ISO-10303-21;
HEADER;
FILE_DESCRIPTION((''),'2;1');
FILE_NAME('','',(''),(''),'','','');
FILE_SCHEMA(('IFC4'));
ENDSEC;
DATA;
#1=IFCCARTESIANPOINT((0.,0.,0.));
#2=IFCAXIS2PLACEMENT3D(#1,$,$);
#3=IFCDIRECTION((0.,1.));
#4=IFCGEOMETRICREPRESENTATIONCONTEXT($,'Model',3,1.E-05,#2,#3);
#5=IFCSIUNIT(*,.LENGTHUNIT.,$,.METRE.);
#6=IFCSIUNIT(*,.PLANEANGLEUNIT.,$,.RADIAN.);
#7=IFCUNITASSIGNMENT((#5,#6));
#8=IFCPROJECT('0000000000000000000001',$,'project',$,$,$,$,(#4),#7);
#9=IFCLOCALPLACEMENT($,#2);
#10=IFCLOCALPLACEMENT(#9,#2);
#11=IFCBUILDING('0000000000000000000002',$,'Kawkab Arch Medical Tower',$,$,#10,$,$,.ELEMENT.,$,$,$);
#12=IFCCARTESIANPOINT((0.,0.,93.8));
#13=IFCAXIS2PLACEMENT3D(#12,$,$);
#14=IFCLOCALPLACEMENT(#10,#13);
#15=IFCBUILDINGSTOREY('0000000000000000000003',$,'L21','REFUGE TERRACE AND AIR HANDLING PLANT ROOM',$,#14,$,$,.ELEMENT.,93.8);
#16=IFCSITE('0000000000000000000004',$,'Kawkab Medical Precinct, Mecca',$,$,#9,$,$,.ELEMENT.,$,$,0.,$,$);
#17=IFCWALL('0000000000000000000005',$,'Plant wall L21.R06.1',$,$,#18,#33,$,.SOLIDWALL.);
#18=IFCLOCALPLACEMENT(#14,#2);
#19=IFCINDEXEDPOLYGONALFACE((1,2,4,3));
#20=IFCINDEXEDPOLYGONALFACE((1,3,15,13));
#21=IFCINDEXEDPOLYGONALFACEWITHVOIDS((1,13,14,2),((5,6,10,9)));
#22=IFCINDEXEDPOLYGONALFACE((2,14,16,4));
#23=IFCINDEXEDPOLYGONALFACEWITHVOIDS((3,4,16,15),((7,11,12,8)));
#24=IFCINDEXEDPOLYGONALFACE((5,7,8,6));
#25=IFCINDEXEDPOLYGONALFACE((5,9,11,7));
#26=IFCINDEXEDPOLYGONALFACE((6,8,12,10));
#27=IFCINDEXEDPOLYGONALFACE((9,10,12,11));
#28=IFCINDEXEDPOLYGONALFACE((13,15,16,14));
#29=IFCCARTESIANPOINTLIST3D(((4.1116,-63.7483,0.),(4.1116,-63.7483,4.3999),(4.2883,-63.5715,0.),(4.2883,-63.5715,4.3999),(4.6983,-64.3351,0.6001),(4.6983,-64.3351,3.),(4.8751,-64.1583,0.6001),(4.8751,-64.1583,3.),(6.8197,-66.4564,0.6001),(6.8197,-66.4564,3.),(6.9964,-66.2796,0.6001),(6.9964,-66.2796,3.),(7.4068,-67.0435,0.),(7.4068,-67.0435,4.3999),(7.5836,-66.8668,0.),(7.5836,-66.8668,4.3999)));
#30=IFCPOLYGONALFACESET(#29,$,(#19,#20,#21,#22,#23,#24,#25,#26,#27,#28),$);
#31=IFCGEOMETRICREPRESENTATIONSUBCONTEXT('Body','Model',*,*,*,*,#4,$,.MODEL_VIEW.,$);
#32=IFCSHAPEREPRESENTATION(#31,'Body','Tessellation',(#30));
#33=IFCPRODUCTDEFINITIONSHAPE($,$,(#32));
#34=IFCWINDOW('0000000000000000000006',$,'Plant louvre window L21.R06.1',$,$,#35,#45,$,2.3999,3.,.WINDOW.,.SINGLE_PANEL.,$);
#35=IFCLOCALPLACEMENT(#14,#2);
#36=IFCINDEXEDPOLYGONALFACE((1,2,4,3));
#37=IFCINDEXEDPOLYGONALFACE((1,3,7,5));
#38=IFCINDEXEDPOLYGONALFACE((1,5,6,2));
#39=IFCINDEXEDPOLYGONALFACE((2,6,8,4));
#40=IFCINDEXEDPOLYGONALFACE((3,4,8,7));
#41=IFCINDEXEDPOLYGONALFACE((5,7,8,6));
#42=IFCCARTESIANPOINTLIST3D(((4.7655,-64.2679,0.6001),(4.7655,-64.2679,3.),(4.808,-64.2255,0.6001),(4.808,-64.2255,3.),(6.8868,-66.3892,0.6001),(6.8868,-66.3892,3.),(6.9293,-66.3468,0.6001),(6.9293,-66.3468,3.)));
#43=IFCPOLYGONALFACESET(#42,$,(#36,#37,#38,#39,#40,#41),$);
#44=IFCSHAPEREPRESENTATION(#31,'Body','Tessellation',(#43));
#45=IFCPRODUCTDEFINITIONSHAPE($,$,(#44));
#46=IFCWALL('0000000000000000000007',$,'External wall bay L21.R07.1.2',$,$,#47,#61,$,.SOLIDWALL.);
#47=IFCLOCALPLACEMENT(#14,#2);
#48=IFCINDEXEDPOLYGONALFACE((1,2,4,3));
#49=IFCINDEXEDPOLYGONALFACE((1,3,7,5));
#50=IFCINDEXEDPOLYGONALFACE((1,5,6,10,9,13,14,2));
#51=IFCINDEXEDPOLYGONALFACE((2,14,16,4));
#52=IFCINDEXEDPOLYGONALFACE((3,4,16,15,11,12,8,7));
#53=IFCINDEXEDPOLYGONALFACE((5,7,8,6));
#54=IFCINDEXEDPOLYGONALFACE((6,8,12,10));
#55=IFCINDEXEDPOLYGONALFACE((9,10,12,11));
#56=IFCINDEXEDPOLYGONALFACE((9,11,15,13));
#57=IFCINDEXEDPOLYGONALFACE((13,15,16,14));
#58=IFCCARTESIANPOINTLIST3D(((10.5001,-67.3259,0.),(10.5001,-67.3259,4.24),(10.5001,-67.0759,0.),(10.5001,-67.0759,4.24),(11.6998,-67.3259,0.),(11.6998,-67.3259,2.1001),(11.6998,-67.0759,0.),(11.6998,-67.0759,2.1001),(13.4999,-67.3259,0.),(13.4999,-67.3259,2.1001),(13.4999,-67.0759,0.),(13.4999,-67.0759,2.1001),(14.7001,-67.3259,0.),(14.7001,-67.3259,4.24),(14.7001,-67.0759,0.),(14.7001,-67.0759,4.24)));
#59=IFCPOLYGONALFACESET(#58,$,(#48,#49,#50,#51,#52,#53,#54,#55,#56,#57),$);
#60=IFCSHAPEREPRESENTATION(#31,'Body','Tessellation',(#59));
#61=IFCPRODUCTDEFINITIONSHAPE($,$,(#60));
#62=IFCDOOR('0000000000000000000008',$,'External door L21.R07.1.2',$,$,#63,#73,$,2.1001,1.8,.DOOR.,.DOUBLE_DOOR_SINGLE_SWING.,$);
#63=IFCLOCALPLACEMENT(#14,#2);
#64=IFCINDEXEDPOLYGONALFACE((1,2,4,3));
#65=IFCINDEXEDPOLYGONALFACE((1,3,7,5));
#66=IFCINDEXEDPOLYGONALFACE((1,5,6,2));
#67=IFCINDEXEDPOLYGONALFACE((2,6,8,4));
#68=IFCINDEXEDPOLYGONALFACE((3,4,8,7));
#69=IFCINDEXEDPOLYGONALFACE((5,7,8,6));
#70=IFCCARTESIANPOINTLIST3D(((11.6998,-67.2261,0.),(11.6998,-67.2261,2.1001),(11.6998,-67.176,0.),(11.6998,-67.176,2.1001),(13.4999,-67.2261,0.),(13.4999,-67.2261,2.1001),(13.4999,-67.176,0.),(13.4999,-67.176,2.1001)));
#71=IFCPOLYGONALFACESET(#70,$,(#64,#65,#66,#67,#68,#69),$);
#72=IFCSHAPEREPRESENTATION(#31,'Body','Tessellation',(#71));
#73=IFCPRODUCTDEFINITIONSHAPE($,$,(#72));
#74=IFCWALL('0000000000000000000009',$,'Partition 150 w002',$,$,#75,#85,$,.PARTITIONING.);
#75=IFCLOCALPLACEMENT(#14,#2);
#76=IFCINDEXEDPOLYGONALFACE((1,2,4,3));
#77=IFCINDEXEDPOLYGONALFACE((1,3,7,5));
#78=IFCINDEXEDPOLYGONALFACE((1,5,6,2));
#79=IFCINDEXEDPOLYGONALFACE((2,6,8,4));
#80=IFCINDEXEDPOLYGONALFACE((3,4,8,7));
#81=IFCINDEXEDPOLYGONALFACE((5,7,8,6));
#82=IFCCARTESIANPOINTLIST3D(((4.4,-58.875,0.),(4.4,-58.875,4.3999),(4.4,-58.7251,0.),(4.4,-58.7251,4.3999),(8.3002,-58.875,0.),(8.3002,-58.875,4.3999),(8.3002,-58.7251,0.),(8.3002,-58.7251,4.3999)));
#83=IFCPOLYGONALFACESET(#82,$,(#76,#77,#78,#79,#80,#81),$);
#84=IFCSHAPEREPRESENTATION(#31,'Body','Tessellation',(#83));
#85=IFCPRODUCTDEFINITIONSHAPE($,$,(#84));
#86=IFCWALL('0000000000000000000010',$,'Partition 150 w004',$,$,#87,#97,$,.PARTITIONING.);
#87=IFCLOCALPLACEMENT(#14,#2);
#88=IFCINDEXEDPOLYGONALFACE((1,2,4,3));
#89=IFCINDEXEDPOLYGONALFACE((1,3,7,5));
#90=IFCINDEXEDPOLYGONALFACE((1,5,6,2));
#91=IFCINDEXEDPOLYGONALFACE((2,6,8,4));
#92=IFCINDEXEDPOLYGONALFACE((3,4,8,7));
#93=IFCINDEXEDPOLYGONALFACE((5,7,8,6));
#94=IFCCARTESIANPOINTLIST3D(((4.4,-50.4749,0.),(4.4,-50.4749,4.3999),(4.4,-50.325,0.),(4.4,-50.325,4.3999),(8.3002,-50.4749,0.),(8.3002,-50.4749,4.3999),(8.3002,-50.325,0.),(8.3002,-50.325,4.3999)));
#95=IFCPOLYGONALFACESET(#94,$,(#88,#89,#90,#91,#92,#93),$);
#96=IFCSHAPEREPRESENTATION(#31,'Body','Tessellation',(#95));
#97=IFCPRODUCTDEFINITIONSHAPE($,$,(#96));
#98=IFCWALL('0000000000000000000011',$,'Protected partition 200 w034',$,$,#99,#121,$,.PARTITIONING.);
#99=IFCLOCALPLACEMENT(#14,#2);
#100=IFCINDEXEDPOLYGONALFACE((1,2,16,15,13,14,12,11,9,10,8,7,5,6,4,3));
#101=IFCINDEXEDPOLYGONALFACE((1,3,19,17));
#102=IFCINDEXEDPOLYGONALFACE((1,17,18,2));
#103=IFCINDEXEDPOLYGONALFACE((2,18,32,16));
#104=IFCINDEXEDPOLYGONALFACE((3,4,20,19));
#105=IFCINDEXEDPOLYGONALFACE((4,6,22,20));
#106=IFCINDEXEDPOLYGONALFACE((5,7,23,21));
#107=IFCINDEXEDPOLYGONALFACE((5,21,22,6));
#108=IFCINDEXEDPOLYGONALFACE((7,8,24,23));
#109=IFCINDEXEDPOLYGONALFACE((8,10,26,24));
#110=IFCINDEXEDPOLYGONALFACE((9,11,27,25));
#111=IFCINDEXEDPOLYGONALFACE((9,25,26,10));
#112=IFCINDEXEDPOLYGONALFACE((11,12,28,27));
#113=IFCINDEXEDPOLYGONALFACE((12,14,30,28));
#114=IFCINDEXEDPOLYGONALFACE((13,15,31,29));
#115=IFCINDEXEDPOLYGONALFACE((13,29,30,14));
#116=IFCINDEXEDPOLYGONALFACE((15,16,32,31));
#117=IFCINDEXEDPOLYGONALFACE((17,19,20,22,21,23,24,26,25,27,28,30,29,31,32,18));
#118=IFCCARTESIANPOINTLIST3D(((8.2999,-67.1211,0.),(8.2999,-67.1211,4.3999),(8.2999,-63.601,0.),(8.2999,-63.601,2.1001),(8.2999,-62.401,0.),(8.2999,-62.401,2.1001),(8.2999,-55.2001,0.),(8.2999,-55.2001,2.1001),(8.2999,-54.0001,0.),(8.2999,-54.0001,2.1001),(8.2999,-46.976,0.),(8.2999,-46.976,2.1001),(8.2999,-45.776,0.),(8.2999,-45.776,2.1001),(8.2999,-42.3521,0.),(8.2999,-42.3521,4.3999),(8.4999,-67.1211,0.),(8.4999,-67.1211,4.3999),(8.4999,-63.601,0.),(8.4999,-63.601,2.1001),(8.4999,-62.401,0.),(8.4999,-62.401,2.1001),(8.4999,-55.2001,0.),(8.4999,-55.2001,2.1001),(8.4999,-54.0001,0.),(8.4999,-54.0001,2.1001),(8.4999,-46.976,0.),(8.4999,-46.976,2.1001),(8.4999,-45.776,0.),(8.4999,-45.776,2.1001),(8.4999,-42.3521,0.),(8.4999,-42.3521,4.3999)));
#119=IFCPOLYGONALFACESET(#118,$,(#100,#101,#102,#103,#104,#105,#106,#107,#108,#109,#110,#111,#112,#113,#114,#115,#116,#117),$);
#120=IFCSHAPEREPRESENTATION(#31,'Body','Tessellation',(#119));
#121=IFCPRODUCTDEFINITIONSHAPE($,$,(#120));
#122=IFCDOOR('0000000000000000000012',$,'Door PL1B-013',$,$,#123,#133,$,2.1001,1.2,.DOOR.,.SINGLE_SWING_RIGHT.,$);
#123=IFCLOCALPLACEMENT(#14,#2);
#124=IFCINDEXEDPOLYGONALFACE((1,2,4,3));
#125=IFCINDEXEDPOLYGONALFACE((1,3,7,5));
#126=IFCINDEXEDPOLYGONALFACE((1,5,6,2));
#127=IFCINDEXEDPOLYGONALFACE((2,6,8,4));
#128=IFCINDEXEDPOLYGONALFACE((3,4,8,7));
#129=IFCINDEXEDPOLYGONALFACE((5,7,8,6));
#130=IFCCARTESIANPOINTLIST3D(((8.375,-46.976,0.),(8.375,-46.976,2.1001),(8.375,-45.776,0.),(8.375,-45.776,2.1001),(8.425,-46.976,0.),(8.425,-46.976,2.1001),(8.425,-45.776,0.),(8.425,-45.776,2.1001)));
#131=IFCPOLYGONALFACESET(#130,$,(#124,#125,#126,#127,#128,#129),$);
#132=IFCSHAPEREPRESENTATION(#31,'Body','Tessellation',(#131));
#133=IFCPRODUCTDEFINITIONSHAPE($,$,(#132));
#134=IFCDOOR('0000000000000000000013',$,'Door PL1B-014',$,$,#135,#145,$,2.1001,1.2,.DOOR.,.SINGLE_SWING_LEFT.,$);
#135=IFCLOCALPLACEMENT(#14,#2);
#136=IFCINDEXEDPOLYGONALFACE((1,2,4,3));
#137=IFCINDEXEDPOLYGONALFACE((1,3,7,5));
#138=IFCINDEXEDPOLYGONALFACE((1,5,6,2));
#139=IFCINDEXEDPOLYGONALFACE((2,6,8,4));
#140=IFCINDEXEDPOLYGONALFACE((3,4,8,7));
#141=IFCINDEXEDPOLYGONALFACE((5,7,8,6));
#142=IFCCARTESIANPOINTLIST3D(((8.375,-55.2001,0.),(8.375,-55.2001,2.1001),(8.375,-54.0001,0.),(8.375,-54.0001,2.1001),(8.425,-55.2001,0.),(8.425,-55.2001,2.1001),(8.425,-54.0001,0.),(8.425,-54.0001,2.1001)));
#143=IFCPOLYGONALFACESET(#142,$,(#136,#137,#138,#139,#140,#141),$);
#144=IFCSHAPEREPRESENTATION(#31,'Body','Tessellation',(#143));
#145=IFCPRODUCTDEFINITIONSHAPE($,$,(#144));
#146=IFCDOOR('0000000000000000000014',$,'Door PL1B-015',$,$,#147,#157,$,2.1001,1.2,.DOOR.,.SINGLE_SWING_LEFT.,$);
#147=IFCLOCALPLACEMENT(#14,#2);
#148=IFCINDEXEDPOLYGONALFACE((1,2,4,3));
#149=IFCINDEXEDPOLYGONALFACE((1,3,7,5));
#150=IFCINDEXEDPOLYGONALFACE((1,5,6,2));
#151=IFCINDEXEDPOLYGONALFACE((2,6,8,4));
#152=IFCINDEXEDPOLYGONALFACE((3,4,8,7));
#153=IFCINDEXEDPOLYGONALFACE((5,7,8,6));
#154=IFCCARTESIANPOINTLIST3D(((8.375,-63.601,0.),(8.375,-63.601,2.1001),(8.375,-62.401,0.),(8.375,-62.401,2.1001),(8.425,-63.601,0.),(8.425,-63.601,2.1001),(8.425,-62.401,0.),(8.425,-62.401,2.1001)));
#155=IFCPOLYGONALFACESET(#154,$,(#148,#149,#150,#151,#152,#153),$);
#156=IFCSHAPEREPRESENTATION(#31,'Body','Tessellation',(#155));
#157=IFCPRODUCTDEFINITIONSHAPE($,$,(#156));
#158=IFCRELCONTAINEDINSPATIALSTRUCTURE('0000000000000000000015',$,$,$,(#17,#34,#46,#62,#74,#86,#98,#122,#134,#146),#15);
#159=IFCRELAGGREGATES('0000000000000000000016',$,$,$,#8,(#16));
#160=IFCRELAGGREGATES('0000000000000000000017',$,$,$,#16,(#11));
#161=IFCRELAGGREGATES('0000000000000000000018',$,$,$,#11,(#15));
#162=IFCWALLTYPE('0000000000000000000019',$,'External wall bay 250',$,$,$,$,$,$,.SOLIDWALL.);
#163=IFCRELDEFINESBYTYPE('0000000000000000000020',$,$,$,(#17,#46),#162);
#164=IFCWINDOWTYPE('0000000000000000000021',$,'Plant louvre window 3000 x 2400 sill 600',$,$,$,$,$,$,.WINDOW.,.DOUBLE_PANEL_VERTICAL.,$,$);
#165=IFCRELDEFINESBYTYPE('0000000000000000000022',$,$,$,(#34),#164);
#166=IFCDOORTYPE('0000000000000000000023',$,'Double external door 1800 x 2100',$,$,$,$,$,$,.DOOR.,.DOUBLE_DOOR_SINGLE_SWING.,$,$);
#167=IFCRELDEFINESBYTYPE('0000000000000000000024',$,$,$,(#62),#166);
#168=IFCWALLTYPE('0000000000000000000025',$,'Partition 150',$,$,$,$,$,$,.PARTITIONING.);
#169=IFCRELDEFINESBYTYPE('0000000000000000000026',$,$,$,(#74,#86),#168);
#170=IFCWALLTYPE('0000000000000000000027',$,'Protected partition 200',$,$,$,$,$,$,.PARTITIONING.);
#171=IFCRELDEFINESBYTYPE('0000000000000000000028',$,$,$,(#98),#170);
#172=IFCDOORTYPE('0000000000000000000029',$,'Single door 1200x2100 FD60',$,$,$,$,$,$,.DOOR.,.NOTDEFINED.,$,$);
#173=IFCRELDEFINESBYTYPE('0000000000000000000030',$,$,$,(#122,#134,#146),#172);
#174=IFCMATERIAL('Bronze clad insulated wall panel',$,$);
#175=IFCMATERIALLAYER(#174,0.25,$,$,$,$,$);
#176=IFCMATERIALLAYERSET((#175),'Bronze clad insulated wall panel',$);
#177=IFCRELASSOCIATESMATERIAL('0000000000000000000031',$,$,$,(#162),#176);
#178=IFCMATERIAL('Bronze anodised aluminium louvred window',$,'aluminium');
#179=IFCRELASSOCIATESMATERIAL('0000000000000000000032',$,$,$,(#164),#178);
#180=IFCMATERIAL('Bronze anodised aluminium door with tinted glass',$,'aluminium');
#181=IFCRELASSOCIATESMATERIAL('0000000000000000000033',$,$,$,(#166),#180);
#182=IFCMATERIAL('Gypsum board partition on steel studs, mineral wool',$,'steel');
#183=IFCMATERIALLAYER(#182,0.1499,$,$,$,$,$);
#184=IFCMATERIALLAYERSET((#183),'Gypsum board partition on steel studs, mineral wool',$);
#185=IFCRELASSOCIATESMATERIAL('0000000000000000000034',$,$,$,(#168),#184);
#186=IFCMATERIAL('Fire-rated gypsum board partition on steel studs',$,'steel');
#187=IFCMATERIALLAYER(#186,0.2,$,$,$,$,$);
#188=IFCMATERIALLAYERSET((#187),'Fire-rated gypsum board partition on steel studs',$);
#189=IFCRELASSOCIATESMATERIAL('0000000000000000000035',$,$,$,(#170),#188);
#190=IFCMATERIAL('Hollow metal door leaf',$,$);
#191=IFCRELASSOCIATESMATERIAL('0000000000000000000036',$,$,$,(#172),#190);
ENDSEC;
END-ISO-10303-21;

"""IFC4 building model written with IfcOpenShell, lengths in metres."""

from ifc_helpers import new_model, si_unit, direction, frame, frame_2d, origin, place, context, subcontext, project, spatial, rectangle, extrude, material, layer, layer_set, type_object, element, fill, save


model = new_model("IFC4")

# Units and contexts
model_context = context("Model", 3, precision=1e-05, world=origin(), true_north=direction((0.0, 1.0)))
body_context = subcontext(model_context, "Body", "Model", "MODEL_VIEW")
ifc_project = project(units=[si_unit("LENGTHUNIT", "METRE"), si_unit("PLANEANGLEUNIT", "RADIAN")], contexts=[model_context])

# Site, building, storey
site_placement = place(None, origin())
site = spatial("IfcSite", under=ifc_project, at=site_placement, Name="Kawkab Medical Precinct, Mecca", CompositionType="ELEMENT", RefElevation=0.0)
building_placement = place(site_placement, origin())
building = spatial("IfcBuilding", under=site, at=building_placement, Name="Kawkab Arch Medical Tower", CompositionType="ELEMENT")
storey_placement = place(building_placement, frame((0.0, 0.0, 93.8)))
storey = spatial("IfcBuildingStorey", under=building, at=storey_placement, Name="L21", Description="REFUGE TERRACE AND AIR HANDLING PLANT ROOM", CompositionType="ELEMENT", Elevation=93.8)

# Shared definitions
ifc_material_1 = material(Name="Bronze clad insulated wall panel")
ifc_layer_1 = layer(ifc_material_1, 0.25)
ifc_layer_set_1 = layer_set([ifc_layer_1], Name="Bronze clad insulated wall panel")
wall_type_1 = type_object("IfcWallType", Name="External wall bay 250", PredefinedType="SOLIDWALL", material=ifc_layer_set_1)

# Wall, opening, window
wall_1_placement = place(storey_placement, frame((4.2, -63.6599, 0.0), z_axis=(0.0, 0.0, 1.0), x_axis=(0.707107, -0.707107, 0.0)))
wall_1 = element("IfcWall", 1, at=wall_1_placement, inside=storey, type_object=wall_type_1, Name="Plant wall L21.R06.1", PredefinedType="SOLIDWALL", context=body_context, shape_type="SweptSolid", body=[
    extrude(rectangle(XDim=4.6602, YDim=0.25, at=frame_2d((2.3301, 0.0))), origin(), (0.0, 0.0, 1.0), 4.3999),
])
opening_1_placement = place(wall_1_placement, frame((0.8298, 0.0, 0.6001)))
opening_1 = element("IfcOpeningElement", 2, at=opening_1_placement, cuts=wall_1, PredefinedType="OPENING", context=body_context, shape_type="SweptSolid", body=[
    extrude(rectangle(XDim=3.0, YDim=2.3999, at=frame_2d((1.5, 1.2))), frame((0.0, 0.135, 0.0), z_axis=(0.0, -1.0, 0.0), x_axis=(1.0, 0.0, 0.0)), (0.0, 0.0, 1.0), 0.27),
])
ifc_material_2 = material(Name="Bronze anodised aluminium louvred window", Category="aluminium")
window_type = type_object("IfcWindowType", Name="Plant louvre window 3000 x 2400 sill 600", PartitioningType="DOUBLE_PANEL_VERTICAL", PredefinedType="WINDOW", material=ifc_material_2)
window_placement = place(opening_1_placement, origin())
window = element("IfcWindow", 3, at=window_placement, inside=storey, type_object=window_type, Name="Plant louvre window L21.R06.1", OverallHeight=2.3999, OverallWidth=3.0, PartitioningType="SINGLE_PANEL", PredefinedType="WINDOW", context=body_context, shape_type="SweptSolid", body=[
    extrude(rectangle(XDim=3.0, YDim=2.3999, at=frame_2d((1.5, 1.2))), frame((0.0, 0.03, 0.0), z_axis=(0.0, -1.0, 0.0), x_axis=(1.0, 0.0, 0.0)), (0.0, 0.0, 1.0), 0.0601),
])
fill(opening_1, window)

# Wall, opening, door
wall_2_placement = place(storey_placement, frame((10.5, -67.2009, 0.0), z_axis=(0.0, 0.0, 1.0), x_axis=(1.0, 0.0, 0.0)))
wall_2 = element("IfcWall", 4, at=wall_2_placement, inside=storey, type_object=wall_type_1, Name="External wall bay L21.R07.1.2", PredefinedType="SOLIDWALL", context=body_context, shape_type="SweptSolid", body=[
    extrude(rectangle(XDim=4.2, YDim=0.25, at=frame_2d((2.1001, 0.0))), origin(), (0.0, 0.0, 1.0), 4.24),
])
opening_2_placement = place(wall_2_placement, frame((1.2, 0.0, 0.0)))
opening_2 = element("IfcOpeningElement", 5, at=opening_2_placement, cuts=wall_2, PredefinedType="OPENING", context=body_context, shape_type="SweptSolid", body=[
    extrude(rectangle(XDim=1.8, YDim=2.1001, at=frame_2d((0.8999, 1.05))), frame((0.0, 0.135, 0.0), z_axis=(0.0, -1.0, 0.0), x_axis=(1.0, 0.0, 0.0)), (0.0, 0.0, 1.0), 0.27),
])
ifc_material_3 = material(Name="Bronze anodised aluminium door with tinted glass", Category="aluminium")
door_type_1 = type_object("IfcDoorType", Name="Double external door 1800 x 2100", OperationType="DOUBLE_DOOR_SINGLE_SWING", PredefinedType="DOOR", material=ifc_material_3)
door_1_placement = place(opening_2_placement, origin())
door_1 = element("IfcDoor", 6, at=door_1_placement, inside=storey, type_object=door_type_1, Name="External door L21.R07.1.2", OperationType="DOUBLE_DOOR_SINGLE_SWING", OverallHeight=2.1001, OverallWidth=1.8, PredefinedType="DOOR", context=body_context, shape_type="SweptSolid", body=[
    extrude(rectangle(XDim=1.8, YDim=2.1001, at=frame_2d((0.8999, 1.05))), frame((0.0, 0.0249, 0.0), z_axis=(0.0, -1.0, 0.0), x_axis=(1.0, 0.0, 0.0)), (0.0, 0.0, 1.0), 0.05),
])
fill(opening_2, door_1)

# Walls
ifc_material_4 = material(Name="Gypsum board partition on steel studs, mineral wool", Category="steel")
ifc_layer_2 = layer(ifc_material_4, 0.1499)
ifc_layer_set_2 = layer_set([ifc_layer_2], Name="Gypsum board partition on steel studs, mineral wool")
wall_type_2 = type_object("IfcWallType", Name="Partition 150", PredefinedType="PARTITIONING", material=ifc_layer_set_2)
for number, where, z_axis, x_axis, name in (
    (7, (4.3999, -58.8, 0.0), (0.0, 0.0, 1.0), (1.0, 0.0, 0.0), "Partition 150 w002"),
    (8, (4.3999, -50.3999, 0.0), (0.0, 0.0, 1.0), (1.0, 0.0, 0.0), "Partition 150 w004"),
):
    element("IfcWall", number, at=place(storey_placement, frame(where, z_axis=z_axis, x_axis=x_axis)), inside=storey, type_object=wall_type_2, Name=name, PredefinedType="PARTITIONING", context=body_context, shape_type="SweptSolid", body=[
        extrude(rectangle(XDim=3.9001, YDim=0.1499, at=frame_2d((1.9502, 0.0))), origin(), (0.0, 0.0, 1.0), 4.3999),
    ])

# Wall, openings, doors
ifc_material_5 = material(Name="Fire-rated gypsum board partition on steel studs", Category="steel")
ifc_layer_3 = layer(ifc_material_5, 0.2)
ifc_layer_set_3 = layer_set([ifc_layer_3], Name="Fire-rated gypsum board partition on steel studs")
wall_type_3 = type_object("IfcWallType", Name="Protected partition 200", PredefinedType="PARTITIONING", material=ifc_layer_set_3)
wall_3_placement = place(storey_placement, frame((8.3999, -67.1211, 0.0), z_axis=(0.0, 0.0, 1.0), x_axis=(0.0, 1.0, 0.0)))
wall_3 = element("IfcWall", 9, at=wall_3_placement, inside=storey, type_object=wall_type_3, Name="Protected partition 200 w034", PredefinedType="PARTITIONING", context=body_context, shape_type="SweptSolid", body=[
    extrude(rectangle(XDim=24.769, YDim=0.2, at=frame_2d((12.3845, 0.0))), origin(), (0.0, 0.0, 1.0), 4.3999),
])
opening_3_placement = place(wall_3_placement, frame((20.145, 0.0, 0.0)))
opening_3 = element("IfcOpeningElement", 10, at=opening_3_placement, cuts=wall_3, PredefinedType="OPENING", context=body_context, shape_type="SweptSolid", body=[
    extrude(rectangle(XDim=1.2, YDim=2.1001, at=frame_2d((0.6001, 1.05))), frame((0.0, 0.1099, 0.0), z_axis=(0.0, -1.0, 0.0), x_axis=(1.0, 0.0, 0.0)), (0.0, 0.0, 1.0), 0.22),
])
opening_4_placement = place(wall_3_placement, frame((11.9209, 0.0, 0.0)))
opening_4 = element("IfcOpeningElement", 11, at=opening_4_placement, cuts=wall_3, PredefinedType="OPENING", context=body_context, shape_type="SweptSolid", body=[
    extrude(rectangle(XDim=1.2, YDim=2.1001, at=frame_2d((0.6001, 1.05))), frame((0.0, 0.1099, 0.0), z_axis=(0.0, -1.0, 0.0), x_axis=(1.0, 0.0, 0.0)), (0.0, 0.0, 1.0), 0.22),
])
opening_5_placement = place(wall_3_placement, frame((3.52, 0.0, 0.0)))
opening_5 = element("IfcOpeningElement", 12, at=opening_5_placement, cuts=wall_3, PredefinedType="OPENING", context=body_context, shape_type="SweptSolid", body=[
    extrude(rectangle(XDim=1.2, YDim=2.1001, at=frame_2d((0.6001, 1.05))), frame((0.0, 0.1099, 0.0), z_axis=(0.0, -1.0, 0.0), x_axis=(1.0, 0.0, 0.0)), (0.0, 0.0, 1.0), 0.22),
])
ifc_material_6 = material(Name="Hollow metal door leaf")
door_type_2 = type_object("IfcDoorType", Name="Single door 1200x2100 FD60", OperationType="NOTDEFINED", PredefinedType="DOOR", material=ifc_material_6)
door_2_placement = place(opening_3_placement, origin())
door_2 = element("IfcDoor", 13, at=door_2_placement, inside=storey, type_object=door_type_2, Name="Door PL1B-013", OperationType="SINGLE_SWING_RIGHT", OverallHeight=2.1001, OverallWidth=1.2, PredefinedType="DOOR", context=body_context, shape_type="SweptSolid", body=[
    extrude(rectangle(XDim=1.2, YDim=2.1001, at=frame_2d((0.6001, 1.05))), frame((0.0, 0.0249, 0.0), z_axis=(0.0, -1.0, 0.0), x_axis=(1.0, 0.0, 0.0)), (0.0, 0.0, 1.0), 0.05),
])
fill(opening_3, door_2)
door_3_placement = place(opening_4_placement, origin())
door_3 = element("IfcDoor", 14, at=door_3_placement, inside=storey, type_object=door_type_2, Name="Door PL1B-014", OperationType="SINGLE_SWING_LEFT", OverallHeight=2.1001, OverallWidth=1.2, PredefinedType="DOOR", context=body_context, shape_type="SweptSolid", body=[
    extrude(rectangle(XDim=1.2, YDim=2.1001, at=frame_2d((0.6001, 1.05))), frame((0.0, 0.0249, 0.0), z_axis=(0.0, -1.0, 0.0), x_axis=(1.0, 0.0, 0.0)), (0.0, 0.0, 1.0), 0.05),
])
fill(opening_4, door_3)
door_4_placement = place(opening_5_placement, origin())
door_4 = element("IfcDoor", 15, at=door_4_placement, inside=storey, type_object=door_type_2, Name="Door PL1B-015", OperationType="SINGLE_SWING_LEFT", OverallHeight=2.1001, OverallWidth=1.2, PredefinedType="DOOR", context=body_context, shape_type="SweptSolid", body=[
    extrude(rectangle(XDim=1.2, YDim=2.1001, at=frame_2d((0.6001, 1.05))), frame((0.0, 0.0249, 0.0), z_axis=(0.0, -1.0, 0.0), x_axis=(1.0, 0.0, 0.0)), (0.0, 0.0, 1.0), 0.05),
])
fill(opening_5, door_4)

save(model, "model.ifc")
